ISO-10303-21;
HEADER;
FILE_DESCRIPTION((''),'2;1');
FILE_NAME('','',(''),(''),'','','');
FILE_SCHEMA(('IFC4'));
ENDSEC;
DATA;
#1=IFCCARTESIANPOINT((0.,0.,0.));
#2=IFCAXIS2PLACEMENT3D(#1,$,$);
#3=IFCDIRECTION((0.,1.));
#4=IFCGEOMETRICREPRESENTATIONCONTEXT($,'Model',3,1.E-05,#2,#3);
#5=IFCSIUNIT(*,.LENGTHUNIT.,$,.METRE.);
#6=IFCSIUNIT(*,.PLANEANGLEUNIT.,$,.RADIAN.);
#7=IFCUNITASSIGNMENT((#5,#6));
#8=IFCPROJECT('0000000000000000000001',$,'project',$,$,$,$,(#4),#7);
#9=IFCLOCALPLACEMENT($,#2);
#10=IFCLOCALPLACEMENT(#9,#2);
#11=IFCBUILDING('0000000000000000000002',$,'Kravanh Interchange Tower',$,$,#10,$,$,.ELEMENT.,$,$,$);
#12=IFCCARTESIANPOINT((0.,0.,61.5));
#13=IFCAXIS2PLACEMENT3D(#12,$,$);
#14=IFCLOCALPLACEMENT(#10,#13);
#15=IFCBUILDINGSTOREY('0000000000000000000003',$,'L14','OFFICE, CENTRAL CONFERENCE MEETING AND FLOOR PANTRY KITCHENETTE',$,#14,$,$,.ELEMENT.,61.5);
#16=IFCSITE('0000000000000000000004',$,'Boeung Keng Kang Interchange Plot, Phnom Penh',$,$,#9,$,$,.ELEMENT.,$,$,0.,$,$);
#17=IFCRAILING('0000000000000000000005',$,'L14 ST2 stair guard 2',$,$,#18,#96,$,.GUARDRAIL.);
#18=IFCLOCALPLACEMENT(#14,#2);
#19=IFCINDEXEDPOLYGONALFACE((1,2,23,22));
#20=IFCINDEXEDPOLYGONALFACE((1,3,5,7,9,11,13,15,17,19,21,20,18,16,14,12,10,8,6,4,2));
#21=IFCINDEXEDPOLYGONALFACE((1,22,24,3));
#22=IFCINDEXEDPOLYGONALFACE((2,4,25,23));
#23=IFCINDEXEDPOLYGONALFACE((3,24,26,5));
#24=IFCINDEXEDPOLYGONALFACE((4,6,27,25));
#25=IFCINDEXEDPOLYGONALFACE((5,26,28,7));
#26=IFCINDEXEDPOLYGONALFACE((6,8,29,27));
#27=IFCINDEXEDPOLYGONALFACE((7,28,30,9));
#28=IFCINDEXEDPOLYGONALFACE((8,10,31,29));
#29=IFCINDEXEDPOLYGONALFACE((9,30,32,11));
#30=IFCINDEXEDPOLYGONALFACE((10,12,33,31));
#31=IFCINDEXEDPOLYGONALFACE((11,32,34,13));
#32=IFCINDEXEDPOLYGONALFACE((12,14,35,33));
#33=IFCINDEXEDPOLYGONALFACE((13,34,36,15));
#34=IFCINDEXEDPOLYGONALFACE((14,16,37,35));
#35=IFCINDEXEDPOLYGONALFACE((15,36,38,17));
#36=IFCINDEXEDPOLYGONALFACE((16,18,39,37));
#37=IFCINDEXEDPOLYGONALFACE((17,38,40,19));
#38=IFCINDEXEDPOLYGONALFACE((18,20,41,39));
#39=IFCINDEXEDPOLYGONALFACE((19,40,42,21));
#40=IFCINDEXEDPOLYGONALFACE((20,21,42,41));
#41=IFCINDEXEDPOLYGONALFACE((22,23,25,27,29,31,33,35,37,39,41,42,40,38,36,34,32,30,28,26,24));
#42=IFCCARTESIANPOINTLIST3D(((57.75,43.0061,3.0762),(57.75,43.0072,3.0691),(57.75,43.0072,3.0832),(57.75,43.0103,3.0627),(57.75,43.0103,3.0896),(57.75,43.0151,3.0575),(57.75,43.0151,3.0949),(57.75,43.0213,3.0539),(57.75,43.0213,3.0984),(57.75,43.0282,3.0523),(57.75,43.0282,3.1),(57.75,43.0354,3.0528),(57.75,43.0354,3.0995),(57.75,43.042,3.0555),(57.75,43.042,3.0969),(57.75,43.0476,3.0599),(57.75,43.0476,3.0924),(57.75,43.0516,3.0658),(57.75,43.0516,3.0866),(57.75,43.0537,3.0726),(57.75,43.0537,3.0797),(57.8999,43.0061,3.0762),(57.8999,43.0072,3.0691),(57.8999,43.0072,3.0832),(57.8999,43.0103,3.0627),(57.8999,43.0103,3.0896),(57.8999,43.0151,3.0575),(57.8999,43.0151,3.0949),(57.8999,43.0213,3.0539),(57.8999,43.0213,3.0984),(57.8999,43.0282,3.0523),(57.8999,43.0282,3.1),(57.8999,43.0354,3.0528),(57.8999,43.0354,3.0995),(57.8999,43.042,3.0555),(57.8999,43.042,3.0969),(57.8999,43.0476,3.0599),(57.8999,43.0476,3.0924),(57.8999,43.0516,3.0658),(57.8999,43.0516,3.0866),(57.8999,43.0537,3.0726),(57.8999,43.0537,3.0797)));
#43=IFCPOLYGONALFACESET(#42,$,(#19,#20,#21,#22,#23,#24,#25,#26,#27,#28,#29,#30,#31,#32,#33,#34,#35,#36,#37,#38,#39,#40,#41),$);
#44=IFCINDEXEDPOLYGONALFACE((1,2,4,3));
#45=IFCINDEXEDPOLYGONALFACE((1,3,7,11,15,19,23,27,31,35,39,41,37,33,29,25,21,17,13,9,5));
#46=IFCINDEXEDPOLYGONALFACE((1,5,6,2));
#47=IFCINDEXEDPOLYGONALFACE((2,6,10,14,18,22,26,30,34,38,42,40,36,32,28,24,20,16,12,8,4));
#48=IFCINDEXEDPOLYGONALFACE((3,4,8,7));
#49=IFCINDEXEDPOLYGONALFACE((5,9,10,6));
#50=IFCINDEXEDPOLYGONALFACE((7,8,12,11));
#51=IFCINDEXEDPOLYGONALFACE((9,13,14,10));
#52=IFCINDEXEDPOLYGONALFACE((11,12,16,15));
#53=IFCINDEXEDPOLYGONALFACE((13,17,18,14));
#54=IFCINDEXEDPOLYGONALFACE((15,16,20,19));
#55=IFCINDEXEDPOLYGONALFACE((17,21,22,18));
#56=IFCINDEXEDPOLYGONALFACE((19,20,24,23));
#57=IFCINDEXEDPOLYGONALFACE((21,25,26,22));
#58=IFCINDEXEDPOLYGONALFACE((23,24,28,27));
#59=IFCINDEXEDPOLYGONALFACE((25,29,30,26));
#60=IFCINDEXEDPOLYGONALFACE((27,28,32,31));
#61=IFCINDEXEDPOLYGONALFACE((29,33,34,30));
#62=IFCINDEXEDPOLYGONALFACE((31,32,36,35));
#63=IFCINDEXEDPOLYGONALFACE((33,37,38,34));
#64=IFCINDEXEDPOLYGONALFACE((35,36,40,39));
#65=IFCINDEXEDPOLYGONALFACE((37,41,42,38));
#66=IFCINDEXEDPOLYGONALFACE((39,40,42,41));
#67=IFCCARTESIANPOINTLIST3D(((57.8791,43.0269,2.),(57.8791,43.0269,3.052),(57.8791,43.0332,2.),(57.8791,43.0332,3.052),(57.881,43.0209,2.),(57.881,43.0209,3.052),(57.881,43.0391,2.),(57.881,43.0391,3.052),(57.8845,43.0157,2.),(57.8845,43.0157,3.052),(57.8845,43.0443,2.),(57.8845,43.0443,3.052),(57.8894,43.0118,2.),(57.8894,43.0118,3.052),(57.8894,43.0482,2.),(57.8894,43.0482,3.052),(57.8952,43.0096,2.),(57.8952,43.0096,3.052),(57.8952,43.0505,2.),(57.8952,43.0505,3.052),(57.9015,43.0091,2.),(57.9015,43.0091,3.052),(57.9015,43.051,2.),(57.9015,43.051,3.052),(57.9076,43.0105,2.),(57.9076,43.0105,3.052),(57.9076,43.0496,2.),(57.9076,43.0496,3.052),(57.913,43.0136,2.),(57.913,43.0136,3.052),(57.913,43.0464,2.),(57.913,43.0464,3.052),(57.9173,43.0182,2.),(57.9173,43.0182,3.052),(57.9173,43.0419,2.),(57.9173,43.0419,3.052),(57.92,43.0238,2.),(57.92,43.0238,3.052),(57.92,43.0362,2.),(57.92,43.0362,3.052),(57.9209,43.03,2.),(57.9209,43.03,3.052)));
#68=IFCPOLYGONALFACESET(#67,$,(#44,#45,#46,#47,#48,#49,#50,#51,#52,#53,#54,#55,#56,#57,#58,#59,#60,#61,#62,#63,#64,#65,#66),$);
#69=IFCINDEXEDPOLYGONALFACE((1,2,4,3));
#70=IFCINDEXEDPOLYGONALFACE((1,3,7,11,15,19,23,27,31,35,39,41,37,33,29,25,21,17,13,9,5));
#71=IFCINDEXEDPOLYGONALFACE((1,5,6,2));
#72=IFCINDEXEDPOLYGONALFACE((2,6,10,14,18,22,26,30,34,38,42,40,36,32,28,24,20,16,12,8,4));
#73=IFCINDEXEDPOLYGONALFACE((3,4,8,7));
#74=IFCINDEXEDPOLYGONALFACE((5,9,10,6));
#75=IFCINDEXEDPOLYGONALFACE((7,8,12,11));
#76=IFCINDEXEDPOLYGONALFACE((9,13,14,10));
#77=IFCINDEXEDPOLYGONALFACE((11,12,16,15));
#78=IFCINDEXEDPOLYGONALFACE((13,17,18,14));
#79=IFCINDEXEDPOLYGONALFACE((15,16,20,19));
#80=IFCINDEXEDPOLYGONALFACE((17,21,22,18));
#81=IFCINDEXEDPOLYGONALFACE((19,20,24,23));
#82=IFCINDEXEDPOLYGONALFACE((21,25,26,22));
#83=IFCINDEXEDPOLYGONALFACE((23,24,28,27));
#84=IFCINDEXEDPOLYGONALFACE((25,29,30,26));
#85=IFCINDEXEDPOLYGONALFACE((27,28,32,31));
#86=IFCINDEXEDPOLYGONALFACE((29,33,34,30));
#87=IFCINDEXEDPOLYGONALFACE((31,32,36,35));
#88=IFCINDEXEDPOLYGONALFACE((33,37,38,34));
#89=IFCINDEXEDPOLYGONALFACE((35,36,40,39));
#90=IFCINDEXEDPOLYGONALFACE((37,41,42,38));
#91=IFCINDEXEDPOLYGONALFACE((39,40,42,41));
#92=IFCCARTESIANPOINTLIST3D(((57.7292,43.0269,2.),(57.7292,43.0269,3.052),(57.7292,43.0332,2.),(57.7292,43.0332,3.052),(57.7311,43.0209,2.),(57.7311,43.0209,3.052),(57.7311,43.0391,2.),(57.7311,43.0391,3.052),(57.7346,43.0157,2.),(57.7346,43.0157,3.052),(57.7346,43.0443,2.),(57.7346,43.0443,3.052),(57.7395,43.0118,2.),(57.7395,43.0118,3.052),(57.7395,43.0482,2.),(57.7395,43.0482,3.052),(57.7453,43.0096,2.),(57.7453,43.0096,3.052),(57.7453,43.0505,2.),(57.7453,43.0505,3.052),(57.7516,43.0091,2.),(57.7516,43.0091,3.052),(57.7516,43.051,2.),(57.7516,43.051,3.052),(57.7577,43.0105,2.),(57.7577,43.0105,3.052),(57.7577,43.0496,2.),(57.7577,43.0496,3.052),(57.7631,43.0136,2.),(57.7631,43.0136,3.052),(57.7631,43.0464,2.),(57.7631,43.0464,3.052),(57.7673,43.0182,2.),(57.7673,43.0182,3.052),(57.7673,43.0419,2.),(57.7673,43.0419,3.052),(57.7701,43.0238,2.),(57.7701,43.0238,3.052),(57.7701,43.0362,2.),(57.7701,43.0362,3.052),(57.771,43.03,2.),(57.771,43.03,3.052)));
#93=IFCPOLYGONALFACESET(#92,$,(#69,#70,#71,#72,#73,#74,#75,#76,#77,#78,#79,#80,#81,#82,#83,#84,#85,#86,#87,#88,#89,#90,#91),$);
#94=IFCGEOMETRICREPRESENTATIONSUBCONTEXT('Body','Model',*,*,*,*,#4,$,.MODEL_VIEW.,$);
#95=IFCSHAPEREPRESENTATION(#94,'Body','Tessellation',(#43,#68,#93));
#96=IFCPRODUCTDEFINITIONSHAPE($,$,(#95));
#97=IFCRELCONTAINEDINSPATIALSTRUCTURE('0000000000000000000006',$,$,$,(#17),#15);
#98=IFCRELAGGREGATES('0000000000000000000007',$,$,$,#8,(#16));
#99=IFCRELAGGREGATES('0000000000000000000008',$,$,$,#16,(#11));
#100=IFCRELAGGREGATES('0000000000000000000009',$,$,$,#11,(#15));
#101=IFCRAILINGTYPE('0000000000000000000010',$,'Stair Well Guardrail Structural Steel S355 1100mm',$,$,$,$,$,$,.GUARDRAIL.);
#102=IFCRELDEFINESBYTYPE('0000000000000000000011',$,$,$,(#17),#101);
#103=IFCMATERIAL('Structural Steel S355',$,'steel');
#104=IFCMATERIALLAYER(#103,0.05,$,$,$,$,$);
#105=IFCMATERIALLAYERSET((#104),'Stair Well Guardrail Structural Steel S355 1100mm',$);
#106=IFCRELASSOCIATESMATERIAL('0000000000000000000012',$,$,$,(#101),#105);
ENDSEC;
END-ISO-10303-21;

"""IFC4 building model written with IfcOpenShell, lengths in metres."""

from ifc_helpers import new_model, si_unit, direction, frame, origin, origin_2d, place, context, subcontext, project, spatial, circle, extrude, material, layer, layer_set, type_object, element, save


model = new_model("IFC4")

# Units and contexts
model_context = context("Model", 3, precision=1e-05, world=origin(), true_north=direction((0.0, 1.0)))
body_context = subcontext(model_context, "Body", "Model", "MODEL_VIEW")
ifc_project = project(units=[si_unit("LENGTHUNIT", "METRE"), si_unit("PLANEANGLEUNIT", "RADIAN")], contexts=[model_context])

# Site, building, storey
site_placement = place(None, origin())
site = spatial("IfcSite", under=ifc_project, at=site_placement, Name="Boeung Keng Kang Interchange Plot, Phnom Penh", CompositionType="ELEMENT", RefElevation=0.0)
building_placement = place(site_placement, origin())
building = spatial("IfcBuilding", under=site, at=building_placement, Name="Kravanh Interchange Tower", CompositionType="ELEMENT")
storey_placement = place(building_placement, frame((0.0, 0.0, 61.5)))
storey = spatial("IfcBuildingStorey", under=building, at=storey_placement, Name="L14", Description="OFFICE, CENTRAL CONFERENCE MEETING AND FLOOR PANTRY KITCHENETTE", CompositionType="ELEMENT", Elevation=61.5)

# Railing
ifc_material_1 = material(Name="Structural Steel S355", Category="steel")
ifc_layer_1 = layer(ifc_material_1, 0.05)
ifc_layer_set_1 = layer_set([ifc_layer_1], Name="Stair Well Guardrail Structural Steel S355 1100mm")
railing_type_1 = type_object("IfcRailingType", Name="Stair Well Guardrail Structural Steel S355 1100mm", PredefinedType="GUARDRAIL", material=ifc_layer_set_1)
railing_1_placement = place(storey_placement, frame((57.8999, 43.03, 2.0)))
element("IfcRailing", 1, at=railing_1_placement, inside=storey, type_object=railing_type_1, Name="L14 ST2 stair guard 2", PredefinedType="GUARDRAIL", context=body_context, shape_type="SweptSolid", body=[
    extrude(circle(Radius=0.0239, at=origin_2d()), frame((0.0, 0.0, 1.0762), z_axis=(-1.0, 0.0, 0.0), x_axis=(0.0, -1.0, 0.0)), (0.0, 0.0, 1.0), 0.1499),
    extrude(circle(Radius=0.021, at=origin_2d()), origin(), (0.0, 0.0, 1.0), 1.052),
    extrude(circle(Radius=0.021, at=origin_2d()), frame((-0.1499, 0.0, 0.0)), (0.0, 0.0, 1.0), 1.052),
])

save(model, "model.ifc")
